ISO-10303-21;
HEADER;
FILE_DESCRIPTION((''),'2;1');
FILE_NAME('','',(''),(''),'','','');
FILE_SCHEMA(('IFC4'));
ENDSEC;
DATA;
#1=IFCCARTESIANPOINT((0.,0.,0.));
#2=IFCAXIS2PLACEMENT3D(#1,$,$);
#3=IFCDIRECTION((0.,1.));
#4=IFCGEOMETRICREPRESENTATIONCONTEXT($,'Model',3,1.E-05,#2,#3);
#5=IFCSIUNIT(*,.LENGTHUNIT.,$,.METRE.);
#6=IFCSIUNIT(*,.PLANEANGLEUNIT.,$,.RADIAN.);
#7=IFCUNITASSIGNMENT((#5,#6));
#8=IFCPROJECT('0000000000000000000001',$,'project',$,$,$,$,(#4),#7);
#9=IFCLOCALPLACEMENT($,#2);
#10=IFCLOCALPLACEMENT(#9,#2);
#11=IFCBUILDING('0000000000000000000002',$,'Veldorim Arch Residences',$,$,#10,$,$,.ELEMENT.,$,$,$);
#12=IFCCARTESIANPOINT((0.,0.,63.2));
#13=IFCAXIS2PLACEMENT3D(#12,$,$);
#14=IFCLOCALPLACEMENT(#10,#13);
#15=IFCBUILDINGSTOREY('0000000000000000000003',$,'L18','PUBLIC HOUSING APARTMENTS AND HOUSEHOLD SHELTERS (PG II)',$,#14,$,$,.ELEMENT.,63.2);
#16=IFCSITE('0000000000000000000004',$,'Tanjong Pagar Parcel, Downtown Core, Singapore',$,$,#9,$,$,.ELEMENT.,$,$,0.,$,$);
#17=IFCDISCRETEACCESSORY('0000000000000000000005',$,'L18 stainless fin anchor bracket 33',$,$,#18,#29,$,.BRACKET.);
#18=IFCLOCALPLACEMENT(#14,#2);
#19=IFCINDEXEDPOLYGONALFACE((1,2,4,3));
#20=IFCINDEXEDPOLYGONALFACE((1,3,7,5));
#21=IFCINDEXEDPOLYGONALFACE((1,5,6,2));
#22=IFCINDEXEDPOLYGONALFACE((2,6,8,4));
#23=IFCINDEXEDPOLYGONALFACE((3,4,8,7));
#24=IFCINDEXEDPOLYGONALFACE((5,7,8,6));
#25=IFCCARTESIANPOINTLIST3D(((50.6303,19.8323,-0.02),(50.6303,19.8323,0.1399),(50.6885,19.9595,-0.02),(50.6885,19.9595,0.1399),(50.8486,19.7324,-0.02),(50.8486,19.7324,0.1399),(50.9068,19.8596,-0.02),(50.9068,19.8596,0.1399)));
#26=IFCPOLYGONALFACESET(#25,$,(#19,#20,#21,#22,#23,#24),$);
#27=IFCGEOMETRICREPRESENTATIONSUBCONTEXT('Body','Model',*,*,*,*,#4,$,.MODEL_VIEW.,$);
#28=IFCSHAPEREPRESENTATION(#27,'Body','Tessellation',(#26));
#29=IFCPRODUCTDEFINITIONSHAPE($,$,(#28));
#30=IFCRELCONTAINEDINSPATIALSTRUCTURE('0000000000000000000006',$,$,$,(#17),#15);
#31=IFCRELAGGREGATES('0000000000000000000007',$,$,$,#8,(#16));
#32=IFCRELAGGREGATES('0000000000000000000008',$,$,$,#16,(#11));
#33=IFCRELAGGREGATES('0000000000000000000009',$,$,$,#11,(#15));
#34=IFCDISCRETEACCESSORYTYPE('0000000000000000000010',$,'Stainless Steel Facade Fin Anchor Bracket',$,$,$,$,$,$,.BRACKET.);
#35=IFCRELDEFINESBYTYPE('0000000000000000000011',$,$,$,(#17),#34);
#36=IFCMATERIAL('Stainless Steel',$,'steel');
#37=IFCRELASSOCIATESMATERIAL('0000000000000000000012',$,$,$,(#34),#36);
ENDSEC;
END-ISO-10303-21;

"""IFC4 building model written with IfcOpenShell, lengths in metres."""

from ifc_helpers import new_model, si_unit, direction, frame, origin, origin_2d, place, context, subcontext, project, spatial, rectangle, extrude, material, type_object, element, save


model = new_model("IFC4")

# Units and contexts
model_context = context("Model", 3, precision=1e-05, world=origin(), true_north=direction((0.0, 1.0)))
body_context = subcontext(model_context, "Body", "Model", "MODEL_VIEW")
ifc_project = project(units=[si_unit("LENGTHUNIT", "METRE"), si_unit("PLANEANGLEUNIT", "RADIAN")], contexts=[model_context])

# Site, building, storey
site_placement = place(None, origin())
site = spatial("IfcSite", under=ifc_project, at=site_placement, Name="Tanjong Pagar Parcel, Downtown Core, Singapore", CompositionType="ELEMENT", RefElevation=0.0)
building_placement = place(site_placement, origin())
building = spatial("IfcBuilding", under=site, at=building_placement, Name="Veldorim Arch Residences", CompositionType="ELEMENT")
storey_placement = place(building_placement, frame((0.0, 0.0, 63.2)))
storey = spatial("IfcBuildingStorey", under=building, at=storey_placement, Name="L18", Description="PUBLIC HOUSING APARTMENTS AND HOUSEHOLD SHELTERS (PG II)", CompositionType="ELEMENT", Elevation=63.2)

# Discrete accessory
ifc_material_1 = material(Name="Stainless Steel", Category="steel")
discrete_accessory_type = type_object("IfcDiscreteAccessoryType", Name="Stainless Steel Facade Fin Anchor Bracket", PredefinedType="BRACKET", material=ifc_material_1)
discrete_accessory_placement = place(storey_placement, frame((50.7686, 19.8459, -0.02), z_axis=(0.0, 0.0, 1.0), x_axis=(-0.416122, -0.909309, 0.0)))
element("IfcDiscreteAccessory", 1, at=discrete_accessory_placement, inside=storey, type_object=discrete_accessory_type, Name="L18 stainless fin anchor bracket 33", PredefinedType="BRACKET", context=body_context, shape_type="SweptSolid", body=[
    extrude(rectangle(XDim=0.1399, YDim=0.24, at=origin_2d()), origin(), (0.0, 0.0, 1.0), 0.1599),
])

save(model, "model.ifc")
